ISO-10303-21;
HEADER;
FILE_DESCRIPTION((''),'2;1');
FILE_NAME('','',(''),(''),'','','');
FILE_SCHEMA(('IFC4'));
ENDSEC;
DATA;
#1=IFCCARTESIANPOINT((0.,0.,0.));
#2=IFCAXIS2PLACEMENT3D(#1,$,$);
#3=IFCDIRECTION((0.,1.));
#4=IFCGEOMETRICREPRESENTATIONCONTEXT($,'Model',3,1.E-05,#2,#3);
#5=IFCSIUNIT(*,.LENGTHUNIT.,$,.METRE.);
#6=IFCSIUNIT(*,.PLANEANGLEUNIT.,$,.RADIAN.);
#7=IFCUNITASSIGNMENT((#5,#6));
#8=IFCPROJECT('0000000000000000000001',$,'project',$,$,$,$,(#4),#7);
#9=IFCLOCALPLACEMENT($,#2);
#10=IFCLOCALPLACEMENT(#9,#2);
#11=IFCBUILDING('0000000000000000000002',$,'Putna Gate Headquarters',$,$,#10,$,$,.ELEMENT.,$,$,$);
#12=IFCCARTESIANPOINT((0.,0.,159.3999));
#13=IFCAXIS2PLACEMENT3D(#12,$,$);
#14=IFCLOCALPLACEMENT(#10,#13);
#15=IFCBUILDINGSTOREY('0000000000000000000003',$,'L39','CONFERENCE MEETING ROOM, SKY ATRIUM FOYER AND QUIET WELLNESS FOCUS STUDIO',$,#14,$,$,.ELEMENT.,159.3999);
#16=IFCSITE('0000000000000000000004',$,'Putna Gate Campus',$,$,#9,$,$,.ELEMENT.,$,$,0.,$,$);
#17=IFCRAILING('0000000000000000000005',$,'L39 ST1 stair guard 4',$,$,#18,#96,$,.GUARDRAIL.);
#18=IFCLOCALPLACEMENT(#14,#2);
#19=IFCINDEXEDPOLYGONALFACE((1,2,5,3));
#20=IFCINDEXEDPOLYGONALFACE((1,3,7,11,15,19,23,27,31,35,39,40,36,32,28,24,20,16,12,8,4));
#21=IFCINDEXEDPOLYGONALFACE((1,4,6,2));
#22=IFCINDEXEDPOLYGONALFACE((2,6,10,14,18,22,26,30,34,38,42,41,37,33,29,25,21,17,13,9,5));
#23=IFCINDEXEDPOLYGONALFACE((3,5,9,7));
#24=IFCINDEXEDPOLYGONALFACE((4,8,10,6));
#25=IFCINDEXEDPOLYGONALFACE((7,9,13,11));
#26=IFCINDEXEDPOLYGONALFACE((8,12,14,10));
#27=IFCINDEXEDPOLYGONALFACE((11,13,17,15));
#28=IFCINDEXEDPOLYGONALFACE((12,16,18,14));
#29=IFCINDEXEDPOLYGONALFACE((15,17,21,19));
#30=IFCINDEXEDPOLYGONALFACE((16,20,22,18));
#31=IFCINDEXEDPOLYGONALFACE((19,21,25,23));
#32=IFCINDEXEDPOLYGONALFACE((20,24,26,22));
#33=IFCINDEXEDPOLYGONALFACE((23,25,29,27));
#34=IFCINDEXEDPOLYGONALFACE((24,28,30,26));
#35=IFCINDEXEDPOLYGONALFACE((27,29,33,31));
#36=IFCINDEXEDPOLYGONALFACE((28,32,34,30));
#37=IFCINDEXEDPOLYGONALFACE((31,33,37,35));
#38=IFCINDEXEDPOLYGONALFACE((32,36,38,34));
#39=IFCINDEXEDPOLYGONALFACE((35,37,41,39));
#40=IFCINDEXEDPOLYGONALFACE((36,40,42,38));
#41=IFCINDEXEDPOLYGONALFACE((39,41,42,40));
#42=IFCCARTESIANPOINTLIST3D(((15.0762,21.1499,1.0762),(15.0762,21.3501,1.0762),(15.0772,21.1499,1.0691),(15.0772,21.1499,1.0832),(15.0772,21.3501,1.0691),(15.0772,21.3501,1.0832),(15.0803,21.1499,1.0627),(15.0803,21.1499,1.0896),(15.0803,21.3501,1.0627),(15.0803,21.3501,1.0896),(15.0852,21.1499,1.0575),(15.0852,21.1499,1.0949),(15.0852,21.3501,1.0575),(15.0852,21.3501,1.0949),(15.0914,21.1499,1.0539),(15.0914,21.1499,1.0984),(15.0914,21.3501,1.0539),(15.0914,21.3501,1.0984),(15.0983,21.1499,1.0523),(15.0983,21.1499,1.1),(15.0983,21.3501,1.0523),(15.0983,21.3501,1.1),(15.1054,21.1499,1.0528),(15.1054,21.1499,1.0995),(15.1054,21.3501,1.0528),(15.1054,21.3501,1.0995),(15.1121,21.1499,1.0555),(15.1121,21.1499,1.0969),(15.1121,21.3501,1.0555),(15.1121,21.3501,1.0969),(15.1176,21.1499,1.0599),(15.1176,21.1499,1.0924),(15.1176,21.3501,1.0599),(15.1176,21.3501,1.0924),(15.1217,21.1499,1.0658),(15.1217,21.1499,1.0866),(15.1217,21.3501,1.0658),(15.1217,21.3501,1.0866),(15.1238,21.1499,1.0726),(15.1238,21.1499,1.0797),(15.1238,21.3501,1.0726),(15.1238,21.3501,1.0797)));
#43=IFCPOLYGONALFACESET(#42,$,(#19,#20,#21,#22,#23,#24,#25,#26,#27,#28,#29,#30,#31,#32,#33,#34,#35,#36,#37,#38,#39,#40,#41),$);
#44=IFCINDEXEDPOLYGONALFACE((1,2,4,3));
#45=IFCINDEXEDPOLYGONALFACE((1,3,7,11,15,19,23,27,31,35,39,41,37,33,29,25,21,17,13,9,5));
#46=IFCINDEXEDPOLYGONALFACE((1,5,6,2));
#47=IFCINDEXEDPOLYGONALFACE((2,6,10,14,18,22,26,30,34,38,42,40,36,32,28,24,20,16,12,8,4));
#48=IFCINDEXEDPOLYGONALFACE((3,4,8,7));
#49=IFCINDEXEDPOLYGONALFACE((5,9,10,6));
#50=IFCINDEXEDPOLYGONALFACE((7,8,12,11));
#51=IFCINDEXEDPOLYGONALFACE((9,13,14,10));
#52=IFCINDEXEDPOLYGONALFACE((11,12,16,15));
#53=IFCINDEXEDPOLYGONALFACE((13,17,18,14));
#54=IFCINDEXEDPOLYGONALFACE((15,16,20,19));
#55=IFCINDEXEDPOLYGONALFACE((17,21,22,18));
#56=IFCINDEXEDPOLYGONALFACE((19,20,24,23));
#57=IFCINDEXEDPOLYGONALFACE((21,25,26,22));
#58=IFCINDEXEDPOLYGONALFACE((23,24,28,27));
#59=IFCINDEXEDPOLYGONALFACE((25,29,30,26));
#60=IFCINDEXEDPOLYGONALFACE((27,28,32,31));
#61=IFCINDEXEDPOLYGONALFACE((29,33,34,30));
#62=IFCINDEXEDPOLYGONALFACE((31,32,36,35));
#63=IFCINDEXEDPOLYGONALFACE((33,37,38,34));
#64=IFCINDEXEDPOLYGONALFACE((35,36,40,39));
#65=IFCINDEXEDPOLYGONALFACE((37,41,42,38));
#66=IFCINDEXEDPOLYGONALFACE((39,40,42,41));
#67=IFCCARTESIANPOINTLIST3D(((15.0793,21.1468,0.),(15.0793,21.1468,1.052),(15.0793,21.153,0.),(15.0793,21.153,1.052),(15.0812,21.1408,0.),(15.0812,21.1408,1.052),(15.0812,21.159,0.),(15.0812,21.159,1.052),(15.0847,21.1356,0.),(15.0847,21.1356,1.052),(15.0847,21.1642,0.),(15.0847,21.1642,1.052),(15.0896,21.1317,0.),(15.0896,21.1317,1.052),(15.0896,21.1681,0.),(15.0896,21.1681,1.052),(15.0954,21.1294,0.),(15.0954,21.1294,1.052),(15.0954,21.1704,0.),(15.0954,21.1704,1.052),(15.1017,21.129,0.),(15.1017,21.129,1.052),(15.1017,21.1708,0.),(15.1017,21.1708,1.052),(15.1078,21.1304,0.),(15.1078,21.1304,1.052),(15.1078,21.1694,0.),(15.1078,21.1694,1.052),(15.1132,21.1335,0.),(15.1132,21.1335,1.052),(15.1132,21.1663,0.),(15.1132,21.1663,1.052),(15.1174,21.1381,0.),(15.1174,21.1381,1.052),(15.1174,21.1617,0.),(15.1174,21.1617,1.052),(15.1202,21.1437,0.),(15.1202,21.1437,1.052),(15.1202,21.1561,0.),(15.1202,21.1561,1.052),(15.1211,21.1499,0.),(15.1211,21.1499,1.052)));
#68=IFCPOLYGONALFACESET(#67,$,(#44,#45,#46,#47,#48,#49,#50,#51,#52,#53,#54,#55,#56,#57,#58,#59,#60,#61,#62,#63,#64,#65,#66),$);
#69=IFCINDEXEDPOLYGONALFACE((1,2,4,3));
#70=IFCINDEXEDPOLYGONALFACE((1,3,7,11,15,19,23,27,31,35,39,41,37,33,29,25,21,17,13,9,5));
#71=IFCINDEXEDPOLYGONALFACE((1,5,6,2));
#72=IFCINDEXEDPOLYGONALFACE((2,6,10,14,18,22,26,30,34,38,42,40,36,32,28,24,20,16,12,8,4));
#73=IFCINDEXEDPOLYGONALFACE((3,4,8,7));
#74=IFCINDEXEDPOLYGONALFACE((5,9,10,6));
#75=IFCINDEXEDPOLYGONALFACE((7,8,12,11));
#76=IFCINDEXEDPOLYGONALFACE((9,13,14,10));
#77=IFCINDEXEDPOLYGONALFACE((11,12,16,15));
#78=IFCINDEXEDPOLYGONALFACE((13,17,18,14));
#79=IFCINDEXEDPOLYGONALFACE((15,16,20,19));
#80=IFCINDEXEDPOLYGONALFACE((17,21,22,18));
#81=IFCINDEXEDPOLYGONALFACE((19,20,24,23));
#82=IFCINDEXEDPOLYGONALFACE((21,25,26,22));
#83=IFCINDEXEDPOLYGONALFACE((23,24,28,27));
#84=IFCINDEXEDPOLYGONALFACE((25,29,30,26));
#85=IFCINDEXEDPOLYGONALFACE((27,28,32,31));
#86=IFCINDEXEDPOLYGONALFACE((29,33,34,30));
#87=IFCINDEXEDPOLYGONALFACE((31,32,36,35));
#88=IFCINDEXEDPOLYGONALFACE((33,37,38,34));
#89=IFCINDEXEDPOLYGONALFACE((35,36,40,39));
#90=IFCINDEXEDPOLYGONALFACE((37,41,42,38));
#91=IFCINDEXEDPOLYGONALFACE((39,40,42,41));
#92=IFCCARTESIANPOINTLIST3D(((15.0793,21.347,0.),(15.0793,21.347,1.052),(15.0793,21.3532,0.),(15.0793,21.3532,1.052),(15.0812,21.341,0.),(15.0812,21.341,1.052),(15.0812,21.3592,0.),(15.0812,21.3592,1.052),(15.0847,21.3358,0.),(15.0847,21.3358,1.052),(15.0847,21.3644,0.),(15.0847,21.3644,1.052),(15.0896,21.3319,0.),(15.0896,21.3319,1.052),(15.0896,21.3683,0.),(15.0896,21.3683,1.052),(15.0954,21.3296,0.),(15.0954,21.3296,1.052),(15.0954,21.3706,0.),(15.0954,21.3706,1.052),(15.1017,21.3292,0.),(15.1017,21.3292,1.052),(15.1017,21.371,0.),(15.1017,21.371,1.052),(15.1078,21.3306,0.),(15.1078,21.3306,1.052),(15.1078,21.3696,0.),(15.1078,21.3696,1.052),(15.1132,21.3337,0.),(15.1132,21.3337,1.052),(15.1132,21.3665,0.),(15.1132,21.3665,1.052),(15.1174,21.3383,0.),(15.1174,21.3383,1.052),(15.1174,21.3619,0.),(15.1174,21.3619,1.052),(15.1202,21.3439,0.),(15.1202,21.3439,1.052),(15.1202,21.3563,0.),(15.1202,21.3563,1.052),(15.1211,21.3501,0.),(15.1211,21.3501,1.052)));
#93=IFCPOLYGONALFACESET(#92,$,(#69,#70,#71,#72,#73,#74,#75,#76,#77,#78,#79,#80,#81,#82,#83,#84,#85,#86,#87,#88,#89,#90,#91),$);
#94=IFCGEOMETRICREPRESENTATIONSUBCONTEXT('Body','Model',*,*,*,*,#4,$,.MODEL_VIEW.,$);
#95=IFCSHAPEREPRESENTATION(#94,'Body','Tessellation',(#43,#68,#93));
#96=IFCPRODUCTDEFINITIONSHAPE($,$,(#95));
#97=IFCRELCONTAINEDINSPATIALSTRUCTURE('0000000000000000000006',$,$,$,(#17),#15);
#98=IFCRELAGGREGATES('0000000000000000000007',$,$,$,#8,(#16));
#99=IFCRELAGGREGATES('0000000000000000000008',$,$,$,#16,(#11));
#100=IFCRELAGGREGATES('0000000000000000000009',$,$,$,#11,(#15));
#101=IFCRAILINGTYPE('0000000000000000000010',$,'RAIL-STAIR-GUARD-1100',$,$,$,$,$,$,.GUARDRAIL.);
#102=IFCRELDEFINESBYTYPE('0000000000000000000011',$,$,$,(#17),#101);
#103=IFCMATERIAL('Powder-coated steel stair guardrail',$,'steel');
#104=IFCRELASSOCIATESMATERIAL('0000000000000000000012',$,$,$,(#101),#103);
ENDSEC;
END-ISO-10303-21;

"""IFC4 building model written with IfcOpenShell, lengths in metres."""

from ifc_helpers import new_model, si_unit, direction, frame, origin, origin_2d, place, context, subcontext, project, spatial, circle, extrude, material, type_object, element, save


model = new_model("IFC4")

# Units and contexts
model_context = context("Model", 3, precision=1e-05, world=origin(), true_north=direction((0.0, 1.0)))
body_context = subcontext(model_context, "Body", "Model", "MODEL_VIEW")
ifc_project = project(units=[si_unit("LENGTHUNIT", "METRE"), si_unit("PLANEANGLEUNIT", "RADIAN")], contexts=[model_context])

# Site, building, storey
site_placement = place(None, origin())
site = spatial("IfcSite", under=ifc_project, at=site_placement, Name="Putna Gate Campus", CompositionType="ELEMENT", RefElevation=0.0)
building_placement = place(site_placement, origin())
building = spatial("IfcBuilding", under=site, at=building_placement, Name="Putna Gate Headquarters", CompositionType="ELEMENT")
storey_placement = place(building_placement, frame((0.0, 0.0, 159.3999)))
storey = spatial("IfcBuildingStorey", under=building, at=storey_placement, Name="L39", Description="CONFERENCE MEETING ROOM, SKY ATRIUM FOYER AND QUIET WELLNESS FOCUS STUDIO", CompositionType="ELEMENT", Elevation=159.3999)

# Railing
ifc_material_1 = material(Name="Powder-coated steel stair guardrail", Category="steel")
railing_type = type_object("IfcRailingType", Name="RAIL-STAIR-GUARD-1100", PredefinedType="GUARDRAIL", material=ifc_material_1)
railing_1_placement = place(storey_placement, frame((15.1001, 21.1499, 0.0)))
element("IfcRailing", 1, at=railing_1_placement, inside=storey, type_object=railing_type, Name="L39 ST1 stair guard 4", PredefinedType="GUARDRAIL", context=body_context, shape_type="SweptSolid", body=[
    extrude(circle(Radius=0.0239, at=origin_2d()), frame((0.0, 0.0, 1.0762), z_axis=(0.0, 1.0, 0.0), x_axis=(-1.0, 0.0, 0.0)), (0.0, 0.0, 1.0), 0.2002),
    extrude(circle(Radius=0.021, at=origin_2d()), origin(), (0.0, 0.0, 1.0), 1.052),
    extrude(circle(Radius=0.021, at=origin_2d()), frame((0.0, 0.2002, 0.0)), (0.0, 0.0, 1.0), 1.052),
])

save(model, "model.ifc")
